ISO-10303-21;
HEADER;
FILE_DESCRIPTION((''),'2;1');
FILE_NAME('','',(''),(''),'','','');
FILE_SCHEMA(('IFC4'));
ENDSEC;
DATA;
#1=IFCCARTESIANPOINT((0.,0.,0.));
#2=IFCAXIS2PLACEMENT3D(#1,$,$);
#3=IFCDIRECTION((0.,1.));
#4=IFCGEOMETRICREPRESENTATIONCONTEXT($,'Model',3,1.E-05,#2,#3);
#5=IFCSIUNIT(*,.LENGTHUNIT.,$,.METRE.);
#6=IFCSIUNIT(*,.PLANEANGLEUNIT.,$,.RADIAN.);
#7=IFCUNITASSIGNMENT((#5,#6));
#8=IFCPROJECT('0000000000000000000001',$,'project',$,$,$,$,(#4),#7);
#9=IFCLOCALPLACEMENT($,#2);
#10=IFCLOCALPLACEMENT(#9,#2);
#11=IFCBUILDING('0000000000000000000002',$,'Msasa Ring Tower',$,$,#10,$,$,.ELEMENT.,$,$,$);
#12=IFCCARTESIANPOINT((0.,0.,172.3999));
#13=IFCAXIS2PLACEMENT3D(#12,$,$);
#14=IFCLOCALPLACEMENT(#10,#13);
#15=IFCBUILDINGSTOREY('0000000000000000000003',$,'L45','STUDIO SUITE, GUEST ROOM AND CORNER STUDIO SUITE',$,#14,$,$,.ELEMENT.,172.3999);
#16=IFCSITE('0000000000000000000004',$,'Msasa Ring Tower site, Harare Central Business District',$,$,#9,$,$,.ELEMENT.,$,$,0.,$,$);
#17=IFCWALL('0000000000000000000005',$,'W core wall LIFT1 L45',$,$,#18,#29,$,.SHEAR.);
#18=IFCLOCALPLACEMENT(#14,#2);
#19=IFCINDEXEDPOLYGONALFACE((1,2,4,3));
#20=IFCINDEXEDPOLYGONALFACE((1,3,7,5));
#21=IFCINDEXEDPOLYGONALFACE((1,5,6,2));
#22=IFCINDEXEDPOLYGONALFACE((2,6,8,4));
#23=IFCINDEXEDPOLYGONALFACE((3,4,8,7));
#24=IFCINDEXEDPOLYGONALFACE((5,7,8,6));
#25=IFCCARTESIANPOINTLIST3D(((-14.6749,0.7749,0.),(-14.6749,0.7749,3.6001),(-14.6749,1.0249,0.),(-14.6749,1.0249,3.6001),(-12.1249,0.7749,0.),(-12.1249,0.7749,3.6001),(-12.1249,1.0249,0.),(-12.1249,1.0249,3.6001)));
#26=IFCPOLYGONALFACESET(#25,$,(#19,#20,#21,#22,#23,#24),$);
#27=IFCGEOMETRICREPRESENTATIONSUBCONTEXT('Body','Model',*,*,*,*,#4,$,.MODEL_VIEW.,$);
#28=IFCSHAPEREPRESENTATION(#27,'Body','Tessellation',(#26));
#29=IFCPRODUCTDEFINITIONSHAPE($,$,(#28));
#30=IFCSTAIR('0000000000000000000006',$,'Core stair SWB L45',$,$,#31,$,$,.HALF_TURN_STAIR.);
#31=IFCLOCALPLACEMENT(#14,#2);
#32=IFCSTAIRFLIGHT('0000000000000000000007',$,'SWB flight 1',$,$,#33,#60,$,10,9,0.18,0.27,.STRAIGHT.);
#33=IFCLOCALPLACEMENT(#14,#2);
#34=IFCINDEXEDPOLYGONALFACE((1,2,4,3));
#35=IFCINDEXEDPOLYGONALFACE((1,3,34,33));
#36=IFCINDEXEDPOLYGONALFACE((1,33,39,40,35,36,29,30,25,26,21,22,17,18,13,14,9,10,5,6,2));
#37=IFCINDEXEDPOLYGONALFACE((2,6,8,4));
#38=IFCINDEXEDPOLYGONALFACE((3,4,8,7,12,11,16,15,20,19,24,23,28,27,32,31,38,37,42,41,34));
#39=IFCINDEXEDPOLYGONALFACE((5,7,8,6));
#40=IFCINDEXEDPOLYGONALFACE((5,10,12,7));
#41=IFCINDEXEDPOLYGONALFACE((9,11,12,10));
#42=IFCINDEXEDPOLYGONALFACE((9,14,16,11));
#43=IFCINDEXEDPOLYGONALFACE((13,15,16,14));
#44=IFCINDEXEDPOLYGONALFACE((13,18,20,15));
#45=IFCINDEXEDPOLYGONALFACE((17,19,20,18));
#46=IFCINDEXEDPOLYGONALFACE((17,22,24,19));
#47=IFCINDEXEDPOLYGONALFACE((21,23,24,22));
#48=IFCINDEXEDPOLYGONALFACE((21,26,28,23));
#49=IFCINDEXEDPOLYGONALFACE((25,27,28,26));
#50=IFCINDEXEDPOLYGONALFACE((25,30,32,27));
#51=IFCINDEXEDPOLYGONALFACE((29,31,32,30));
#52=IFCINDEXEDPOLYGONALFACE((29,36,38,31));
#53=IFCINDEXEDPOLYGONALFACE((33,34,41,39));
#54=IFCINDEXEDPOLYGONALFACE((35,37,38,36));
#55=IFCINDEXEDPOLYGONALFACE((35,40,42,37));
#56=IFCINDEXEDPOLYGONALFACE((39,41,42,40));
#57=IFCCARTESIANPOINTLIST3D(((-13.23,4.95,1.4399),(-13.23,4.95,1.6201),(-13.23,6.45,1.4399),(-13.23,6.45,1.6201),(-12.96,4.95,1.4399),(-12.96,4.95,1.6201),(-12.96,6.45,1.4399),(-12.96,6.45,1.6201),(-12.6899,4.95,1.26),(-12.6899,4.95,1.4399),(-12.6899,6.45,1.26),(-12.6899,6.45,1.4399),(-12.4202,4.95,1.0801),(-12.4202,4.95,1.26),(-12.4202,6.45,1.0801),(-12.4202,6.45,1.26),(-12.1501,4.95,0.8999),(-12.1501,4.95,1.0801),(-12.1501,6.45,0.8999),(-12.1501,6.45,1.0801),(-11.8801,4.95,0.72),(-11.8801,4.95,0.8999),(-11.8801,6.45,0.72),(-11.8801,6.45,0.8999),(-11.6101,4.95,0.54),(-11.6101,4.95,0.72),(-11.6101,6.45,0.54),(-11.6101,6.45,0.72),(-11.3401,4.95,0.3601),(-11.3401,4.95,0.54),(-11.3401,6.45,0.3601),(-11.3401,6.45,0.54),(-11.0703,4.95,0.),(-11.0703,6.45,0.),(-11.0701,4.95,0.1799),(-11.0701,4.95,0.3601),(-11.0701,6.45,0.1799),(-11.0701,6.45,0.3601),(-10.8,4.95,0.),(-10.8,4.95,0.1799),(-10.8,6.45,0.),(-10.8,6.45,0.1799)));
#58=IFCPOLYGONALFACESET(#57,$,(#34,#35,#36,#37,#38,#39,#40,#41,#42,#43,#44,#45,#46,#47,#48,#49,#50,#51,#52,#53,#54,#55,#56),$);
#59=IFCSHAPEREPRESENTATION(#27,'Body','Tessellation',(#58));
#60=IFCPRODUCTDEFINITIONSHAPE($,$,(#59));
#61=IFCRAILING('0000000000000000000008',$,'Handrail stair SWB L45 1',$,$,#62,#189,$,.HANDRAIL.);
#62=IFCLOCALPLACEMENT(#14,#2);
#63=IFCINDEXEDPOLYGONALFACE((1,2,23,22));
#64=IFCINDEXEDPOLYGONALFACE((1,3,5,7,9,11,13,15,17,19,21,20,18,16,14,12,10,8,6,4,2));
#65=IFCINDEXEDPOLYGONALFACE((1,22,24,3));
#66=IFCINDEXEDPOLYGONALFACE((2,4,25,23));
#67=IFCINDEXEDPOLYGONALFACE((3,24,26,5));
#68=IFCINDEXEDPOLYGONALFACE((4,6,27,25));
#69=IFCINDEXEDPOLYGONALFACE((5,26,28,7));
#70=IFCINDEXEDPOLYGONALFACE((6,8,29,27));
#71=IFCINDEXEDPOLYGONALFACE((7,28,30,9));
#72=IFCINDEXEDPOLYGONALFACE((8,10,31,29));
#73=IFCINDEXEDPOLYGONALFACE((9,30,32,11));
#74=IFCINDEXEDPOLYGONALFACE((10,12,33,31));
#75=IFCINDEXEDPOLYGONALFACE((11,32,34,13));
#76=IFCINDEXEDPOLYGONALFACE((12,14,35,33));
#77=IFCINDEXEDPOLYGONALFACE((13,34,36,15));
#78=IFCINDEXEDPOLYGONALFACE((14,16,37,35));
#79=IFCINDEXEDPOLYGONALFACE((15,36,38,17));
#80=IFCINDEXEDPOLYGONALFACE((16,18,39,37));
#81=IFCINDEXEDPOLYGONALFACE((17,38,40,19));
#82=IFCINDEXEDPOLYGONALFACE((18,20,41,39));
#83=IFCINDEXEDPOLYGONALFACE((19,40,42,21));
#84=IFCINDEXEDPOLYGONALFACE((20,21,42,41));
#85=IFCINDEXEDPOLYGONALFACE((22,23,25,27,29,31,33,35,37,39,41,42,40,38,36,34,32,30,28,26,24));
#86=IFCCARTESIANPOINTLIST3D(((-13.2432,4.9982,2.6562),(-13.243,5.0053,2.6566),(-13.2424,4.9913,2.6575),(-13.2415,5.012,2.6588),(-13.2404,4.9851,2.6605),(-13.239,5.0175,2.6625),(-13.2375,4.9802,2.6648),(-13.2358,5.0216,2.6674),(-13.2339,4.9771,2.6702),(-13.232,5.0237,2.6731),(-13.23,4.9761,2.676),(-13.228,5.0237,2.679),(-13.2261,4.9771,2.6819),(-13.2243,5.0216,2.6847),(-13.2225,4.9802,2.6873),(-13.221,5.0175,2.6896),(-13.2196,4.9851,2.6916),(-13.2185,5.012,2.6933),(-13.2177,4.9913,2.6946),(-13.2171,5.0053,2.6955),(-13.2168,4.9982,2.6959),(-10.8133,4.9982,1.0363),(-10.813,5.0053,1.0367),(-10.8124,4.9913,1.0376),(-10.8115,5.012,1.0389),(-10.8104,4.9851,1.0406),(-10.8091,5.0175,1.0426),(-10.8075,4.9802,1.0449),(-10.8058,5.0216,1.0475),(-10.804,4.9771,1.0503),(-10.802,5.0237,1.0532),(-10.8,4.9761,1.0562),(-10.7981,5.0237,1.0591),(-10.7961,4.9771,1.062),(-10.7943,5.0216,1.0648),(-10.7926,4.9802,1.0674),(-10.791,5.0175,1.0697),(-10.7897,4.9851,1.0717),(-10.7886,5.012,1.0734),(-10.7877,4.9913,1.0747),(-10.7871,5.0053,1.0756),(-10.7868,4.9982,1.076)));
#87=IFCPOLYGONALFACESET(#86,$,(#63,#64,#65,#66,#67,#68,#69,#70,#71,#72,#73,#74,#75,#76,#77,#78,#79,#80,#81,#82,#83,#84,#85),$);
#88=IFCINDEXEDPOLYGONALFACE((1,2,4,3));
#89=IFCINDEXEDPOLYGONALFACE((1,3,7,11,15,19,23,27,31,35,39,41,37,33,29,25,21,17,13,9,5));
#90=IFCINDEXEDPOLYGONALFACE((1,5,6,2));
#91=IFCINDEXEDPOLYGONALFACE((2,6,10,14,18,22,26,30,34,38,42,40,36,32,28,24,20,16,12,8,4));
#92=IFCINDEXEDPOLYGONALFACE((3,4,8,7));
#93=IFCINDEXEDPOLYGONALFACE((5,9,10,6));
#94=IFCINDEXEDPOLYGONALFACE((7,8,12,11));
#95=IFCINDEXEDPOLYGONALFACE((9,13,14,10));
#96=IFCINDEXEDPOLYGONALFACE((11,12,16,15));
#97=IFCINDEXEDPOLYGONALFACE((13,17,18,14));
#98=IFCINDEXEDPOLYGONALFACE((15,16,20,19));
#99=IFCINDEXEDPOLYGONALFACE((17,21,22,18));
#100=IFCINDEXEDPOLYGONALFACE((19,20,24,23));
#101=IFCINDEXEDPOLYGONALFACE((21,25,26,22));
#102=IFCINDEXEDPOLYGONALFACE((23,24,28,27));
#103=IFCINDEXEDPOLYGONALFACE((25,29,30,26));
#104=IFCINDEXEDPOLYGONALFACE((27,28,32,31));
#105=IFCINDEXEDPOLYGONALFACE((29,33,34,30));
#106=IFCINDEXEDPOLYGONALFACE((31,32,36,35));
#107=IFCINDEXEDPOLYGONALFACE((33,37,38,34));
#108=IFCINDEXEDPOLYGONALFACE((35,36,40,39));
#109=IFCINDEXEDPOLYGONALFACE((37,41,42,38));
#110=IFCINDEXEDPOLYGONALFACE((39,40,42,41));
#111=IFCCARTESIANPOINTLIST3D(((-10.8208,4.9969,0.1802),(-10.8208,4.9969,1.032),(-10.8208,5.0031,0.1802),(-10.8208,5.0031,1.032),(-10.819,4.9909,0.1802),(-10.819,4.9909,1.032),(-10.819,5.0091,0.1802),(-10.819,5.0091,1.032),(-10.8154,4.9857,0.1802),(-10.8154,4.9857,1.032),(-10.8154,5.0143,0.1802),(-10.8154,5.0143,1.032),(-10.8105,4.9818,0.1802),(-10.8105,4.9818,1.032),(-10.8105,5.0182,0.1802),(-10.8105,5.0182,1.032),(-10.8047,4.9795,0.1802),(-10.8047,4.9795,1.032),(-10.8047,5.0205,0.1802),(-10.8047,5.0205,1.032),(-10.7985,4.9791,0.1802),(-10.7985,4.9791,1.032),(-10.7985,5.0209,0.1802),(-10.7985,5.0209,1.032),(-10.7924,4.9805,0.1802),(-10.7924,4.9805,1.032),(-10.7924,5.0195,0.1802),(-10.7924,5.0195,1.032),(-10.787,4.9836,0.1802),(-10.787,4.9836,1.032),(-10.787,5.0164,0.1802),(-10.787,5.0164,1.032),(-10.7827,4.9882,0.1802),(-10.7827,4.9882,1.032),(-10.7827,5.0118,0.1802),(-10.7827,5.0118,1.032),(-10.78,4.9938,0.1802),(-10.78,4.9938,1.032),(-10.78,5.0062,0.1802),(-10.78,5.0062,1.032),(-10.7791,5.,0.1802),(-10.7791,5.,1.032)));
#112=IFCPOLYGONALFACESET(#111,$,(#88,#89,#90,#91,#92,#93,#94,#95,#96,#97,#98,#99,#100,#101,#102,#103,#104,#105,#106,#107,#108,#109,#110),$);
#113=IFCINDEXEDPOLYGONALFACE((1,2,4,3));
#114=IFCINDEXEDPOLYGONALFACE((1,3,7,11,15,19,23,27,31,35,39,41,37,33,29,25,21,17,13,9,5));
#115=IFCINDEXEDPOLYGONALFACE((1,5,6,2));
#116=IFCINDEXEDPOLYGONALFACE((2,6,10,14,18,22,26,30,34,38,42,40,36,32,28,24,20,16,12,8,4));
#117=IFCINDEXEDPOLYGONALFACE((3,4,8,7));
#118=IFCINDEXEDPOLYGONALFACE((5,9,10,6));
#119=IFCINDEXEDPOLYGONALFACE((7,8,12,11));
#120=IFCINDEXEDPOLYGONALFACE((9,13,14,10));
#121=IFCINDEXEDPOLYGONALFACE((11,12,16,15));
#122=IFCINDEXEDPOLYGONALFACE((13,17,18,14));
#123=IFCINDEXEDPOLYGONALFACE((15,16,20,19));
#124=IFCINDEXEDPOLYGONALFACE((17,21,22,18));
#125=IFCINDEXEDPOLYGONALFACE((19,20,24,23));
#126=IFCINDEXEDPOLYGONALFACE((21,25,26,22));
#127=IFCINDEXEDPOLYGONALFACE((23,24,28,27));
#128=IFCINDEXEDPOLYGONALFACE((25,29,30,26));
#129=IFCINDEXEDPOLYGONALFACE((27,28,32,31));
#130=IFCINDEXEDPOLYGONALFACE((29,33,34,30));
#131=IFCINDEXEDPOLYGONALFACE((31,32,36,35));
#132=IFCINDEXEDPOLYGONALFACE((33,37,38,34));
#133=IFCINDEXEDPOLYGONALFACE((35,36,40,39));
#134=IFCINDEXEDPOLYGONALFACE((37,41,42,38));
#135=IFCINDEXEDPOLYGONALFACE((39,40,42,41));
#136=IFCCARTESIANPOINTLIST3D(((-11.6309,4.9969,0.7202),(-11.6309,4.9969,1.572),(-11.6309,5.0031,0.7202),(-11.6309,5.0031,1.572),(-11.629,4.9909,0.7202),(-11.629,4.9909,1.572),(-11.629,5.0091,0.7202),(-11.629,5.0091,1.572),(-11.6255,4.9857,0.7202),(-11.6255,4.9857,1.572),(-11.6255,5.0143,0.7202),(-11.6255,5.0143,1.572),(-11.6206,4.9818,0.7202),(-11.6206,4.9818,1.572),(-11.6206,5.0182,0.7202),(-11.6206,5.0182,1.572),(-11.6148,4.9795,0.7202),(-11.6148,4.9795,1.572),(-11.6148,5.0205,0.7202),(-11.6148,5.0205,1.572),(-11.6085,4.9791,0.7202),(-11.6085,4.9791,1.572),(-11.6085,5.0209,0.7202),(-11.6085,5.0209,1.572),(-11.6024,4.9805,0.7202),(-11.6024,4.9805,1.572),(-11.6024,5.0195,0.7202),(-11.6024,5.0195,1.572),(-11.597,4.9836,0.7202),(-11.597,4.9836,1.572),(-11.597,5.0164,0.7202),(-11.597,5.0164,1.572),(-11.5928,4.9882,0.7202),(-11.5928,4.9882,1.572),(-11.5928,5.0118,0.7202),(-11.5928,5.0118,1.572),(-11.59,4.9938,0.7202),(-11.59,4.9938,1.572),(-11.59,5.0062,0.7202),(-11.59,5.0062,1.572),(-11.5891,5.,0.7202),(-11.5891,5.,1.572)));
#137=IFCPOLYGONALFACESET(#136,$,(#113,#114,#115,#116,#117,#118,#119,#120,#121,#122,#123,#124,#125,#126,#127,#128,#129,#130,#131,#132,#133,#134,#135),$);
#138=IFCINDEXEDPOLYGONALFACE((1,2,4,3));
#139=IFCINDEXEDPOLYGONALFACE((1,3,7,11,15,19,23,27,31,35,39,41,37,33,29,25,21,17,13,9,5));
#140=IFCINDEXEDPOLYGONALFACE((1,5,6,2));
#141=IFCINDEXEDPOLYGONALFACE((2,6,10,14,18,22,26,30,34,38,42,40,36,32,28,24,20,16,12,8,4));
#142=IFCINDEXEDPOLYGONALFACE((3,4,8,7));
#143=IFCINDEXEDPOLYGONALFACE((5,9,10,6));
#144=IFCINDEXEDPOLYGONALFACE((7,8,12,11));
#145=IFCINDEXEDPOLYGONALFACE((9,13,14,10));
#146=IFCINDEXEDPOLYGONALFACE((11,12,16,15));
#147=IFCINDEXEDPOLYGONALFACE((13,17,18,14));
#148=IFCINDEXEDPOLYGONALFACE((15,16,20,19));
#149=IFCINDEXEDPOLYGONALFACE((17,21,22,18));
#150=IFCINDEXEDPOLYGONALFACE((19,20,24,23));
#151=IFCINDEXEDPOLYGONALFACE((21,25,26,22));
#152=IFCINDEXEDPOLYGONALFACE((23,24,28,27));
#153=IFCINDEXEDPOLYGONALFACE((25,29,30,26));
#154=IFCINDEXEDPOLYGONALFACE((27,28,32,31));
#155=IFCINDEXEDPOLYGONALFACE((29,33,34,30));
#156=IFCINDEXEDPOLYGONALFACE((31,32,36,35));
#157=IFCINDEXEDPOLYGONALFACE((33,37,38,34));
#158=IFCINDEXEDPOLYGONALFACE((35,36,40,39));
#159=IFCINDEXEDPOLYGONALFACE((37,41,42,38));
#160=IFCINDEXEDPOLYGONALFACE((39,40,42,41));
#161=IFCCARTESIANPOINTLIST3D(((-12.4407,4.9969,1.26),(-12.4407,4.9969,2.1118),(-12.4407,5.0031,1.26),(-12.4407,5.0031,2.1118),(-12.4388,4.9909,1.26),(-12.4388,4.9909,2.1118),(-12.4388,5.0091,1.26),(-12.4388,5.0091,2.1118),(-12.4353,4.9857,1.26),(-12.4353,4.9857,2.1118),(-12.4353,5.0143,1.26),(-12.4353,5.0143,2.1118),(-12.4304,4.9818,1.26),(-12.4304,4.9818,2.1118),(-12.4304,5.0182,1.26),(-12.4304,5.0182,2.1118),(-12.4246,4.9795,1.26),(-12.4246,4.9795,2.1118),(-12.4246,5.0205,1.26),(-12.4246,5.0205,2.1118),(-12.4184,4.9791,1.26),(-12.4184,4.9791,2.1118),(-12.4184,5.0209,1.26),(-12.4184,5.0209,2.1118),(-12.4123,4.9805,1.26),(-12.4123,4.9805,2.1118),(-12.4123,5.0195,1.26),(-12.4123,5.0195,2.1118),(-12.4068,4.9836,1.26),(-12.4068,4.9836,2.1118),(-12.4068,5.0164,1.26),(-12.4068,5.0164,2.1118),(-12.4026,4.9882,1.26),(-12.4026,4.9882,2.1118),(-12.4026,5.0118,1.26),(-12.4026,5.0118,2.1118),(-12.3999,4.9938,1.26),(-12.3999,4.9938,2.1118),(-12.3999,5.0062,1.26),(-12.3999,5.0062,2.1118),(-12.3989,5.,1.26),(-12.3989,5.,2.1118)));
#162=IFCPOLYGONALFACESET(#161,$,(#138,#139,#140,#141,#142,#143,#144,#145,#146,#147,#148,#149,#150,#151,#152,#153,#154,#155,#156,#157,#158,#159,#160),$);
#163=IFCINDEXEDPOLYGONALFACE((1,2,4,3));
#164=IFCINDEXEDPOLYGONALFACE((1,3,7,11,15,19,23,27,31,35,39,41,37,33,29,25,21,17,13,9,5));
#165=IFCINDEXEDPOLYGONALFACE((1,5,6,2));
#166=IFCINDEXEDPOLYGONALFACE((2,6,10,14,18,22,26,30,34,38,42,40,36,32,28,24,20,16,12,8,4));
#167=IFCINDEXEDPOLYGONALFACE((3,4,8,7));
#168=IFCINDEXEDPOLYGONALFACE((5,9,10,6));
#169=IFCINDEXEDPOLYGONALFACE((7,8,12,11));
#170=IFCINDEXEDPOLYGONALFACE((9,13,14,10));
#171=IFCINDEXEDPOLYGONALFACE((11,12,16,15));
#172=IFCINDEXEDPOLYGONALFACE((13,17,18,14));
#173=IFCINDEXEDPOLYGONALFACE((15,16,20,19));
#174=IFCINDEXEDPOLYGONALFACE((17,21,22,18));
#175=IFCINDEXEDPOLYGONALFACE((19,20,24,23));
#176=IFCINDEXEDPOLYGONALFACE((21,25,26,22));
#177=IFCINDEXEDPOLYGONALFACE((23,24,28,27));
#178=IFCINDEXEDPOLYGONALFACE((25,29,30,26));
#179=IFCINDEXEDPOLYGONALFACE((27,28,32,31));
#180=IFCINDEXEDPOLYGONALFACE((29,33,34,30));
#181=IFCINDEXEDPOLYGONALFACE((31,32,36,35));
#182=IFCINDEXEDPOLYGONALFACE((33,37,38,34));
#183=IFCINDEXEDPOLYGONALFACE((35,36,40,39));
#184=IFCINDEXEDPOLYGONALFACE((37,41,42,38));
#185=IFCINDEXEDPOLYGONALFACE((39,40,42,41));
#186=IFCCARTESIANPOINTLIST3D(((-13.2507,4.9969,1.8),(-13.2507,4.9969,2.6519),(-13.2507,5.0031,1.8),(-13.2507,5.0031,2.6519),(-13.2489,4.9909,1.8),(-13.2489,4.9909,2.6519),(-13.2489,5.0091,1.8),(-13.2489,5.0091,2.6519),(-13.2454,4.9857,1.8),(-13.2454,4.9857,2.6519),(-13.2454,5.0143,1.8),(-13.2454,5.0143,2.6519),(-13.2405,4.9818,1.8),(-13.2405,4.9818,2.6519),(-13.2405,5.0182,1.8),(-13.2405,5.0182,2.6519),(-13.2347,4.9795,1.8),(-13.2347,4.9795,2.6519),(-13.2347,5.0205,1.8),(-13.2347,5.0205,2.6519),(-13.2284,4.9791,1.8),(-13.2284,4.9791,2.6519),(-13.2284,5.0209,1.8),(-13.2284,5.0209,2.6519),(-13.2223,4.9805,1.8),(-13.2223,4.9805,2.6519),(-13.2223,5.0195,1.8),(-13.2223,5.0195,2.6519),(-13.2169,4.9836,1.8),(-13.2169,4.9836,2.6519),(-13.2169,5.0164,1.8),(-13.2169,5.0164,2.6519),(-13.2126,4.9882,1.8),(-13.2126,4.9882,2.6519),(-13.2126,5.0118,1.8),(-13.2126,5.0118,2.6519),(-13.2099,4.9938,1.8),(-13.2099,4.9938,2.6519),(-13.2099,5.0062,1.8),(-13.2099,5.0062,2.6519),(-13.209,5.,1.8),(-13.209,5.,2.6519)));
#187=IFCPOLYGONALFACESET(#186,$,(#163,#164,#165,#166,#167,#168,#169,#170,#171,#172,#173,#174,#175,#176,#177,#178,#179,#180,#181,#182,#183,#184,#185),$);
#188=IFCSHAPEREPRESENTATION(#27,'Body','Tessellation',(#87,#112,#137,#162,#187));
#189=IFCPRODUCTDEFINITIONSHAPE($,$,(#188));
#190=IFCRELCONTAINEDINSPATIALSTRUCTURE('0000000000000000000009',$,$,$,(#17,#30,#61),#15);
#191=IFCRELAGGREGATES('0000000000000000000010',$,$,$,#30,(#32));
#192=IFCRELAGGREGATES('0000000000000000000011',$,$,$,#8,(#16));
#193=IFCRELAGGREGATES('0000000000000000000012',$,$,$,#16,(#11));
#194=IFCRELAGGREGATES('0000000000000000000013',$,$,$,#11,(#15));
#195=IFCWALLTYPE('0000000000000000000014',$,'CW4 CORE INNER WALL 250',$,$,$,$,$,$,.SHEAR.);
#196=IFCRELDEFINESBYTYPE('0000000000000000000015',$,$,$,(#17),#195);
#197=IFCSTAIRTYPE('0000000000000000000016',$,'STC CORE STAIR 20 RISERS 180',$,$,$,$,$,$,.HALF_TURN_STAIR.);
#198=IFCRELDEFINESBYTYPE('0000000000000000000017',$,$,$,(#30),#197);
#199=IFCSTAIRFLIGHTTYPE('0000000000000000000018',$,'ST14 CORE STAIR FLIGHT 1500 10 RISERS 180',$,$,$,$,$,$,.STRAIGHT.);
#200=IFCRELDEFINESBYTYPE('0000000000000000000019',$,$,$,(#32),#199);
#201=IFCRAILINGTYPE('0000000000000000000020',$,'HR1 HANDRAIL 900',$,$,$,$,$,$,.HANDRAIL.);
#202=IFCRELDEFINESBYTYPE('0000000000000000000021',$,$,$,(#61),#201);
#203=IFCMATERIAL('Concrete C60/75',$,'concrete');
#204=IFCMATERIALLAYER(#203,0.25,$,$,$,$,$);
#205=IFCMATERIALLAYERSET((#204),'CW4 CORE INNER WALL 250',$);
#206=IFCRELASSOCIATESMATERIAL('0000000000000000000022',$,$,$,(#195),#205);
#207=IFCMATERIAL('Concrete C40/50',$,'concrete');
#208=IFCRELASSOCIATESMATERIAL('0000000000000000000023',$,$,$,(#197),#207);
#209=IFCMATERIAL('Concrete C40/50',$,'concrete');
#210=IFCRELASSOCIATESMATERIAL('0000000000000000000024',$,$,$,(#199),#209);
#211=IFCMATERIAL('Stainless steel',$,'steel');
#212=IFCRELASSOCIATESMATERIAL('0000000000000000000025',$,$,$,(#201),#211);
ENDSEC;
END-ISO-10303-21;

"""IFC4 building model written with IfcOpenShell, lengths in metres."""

from ifc_helpers import new_model, si_unit, direction, frame, frame_2d, origin, origin_2d, place, context, subcontext, project, spatial, polyline, rectangle, circle, outline, extrude, material, layer, layer_set, type_object, element, aggregate, save


model = new_model("IFC4")

# Units and contexts
model_context = context("Model", 3, precision=1e-05, world=origin(), true_north=direction((0.0, 1.0)))
body_context = subcontext(model_context, "Body", "Model", "MODEL_VIEW")
ifc_project = project(units=[si_unit("LENGTHUNIT", "METRE"), si_unit("PLANEANGLEUNIT", "RADIAN")], contexts=[model_context])

# Site, building, storey
site_placement = place(None, origin())
site = spatial("IfcSite", under=ifc_project, at=site_placement, Name="Msasa Ring Tower site, Harare Central Business District", CompositionType="ELEMENT", RefElevation=0.0)
building_placement = place(site_placement, origin())
building = spatial("IfcBuilding", under=site, at=building_placement, Name="Msasa Ring Tower", CompositionType="ELEMENT")
storey_placement = place(building_placement, frame((0.0, 0.0, 172.3999)))
storey = spatial("IfcBuildingStorey", under=building, at=storey_placement, Name="L45", Description="STUDIO SUITE, GUEST ROOM AND CORNER STUDIO SUITE", CompositionType="ELEMENT", Elevation=172.3999)

# Wall
ifc_material_1 = material(Name="Concrete C60/75", Category="concrete")
ifc_layer_1 = layer(ifc_material_1, 0.25)
ifc_layer_set_1 = layer_set([ifc_layer_1], Name="CW4 CORE INNER WALL 250")
wall_type_1 = type_object("IfcWallType", Name="CW4 CORE INNER WALL 250", PredefinedType="SHEAR", material=ifc_layer_set_1)
wall_1_placement = place(storey_placement, frame((-12.125, 0.8999, 0.0), z_axis=(0.0, 0.0, 1.0), x_axis=(-1.0, 0.0, 0.0)))
element("IfcWall", 1, at=wall_1_placement, inside=storey, type_object=wall_type_1, Name="W core wall LIFT1 L45", PredefinedType="SHEAR", context=body_context, shape_type="SweptSolid", body=[
    extrude(rectangle(XDim=2.55, YDim=0.25, at=frame_2d((1.2749, 0.0))), origin(), (0.0, 0.0, 1.0), 3.6001),
])

# Stair, stair flight
ifc_material_2 = material(Name="Concrete C40/50", Category="concrete")
stair_type = type_object("IfcStairType", Name="STC CORE STAIR 20 RISERS 180", PredefinedType="HALF_TURN_STAIR", material=ifc_material_2)
stair_placement = place(storey_placement, origin())
stair = element("IfcStair", 2, at=stair_placement, inside=storey, type_object=stair_type, Name="Core stair SWB L45", PredefinedType="HALF_TURN_STAIR")
ifc_material_3 = material(Name="Concrete C40/50", Category="concrete")
stair_flight_type = type_object("IfcStairFlightType", Name="ST14 CORE STAIR FLIGHT 1500 10 RISERS 180", PredefinedType="STRAIGHT", material=ifc_material_3)
stair_flight_placement = place(storey_placement, frame((-10.8, 5.7, 0.0), z_axis=(0.0, 0.0, 1.0), x_axis=(-1.0, 0.0, 0.0)))
stair_flight = element("IfcStairFlight", 3, at=stair_flight_placement, type_object=stair_flight_type, Name="SWB flight 1", NumberOfRisers=10, NumberOfTreads=9, PredefinedType="STRAIGHT", RiserHeight=0.18, TreadLength=0.27, context=body_context, shape_type="SweptSolid", body=[
    extrude(outline(polyline([(0.0, 0.0), (0.0, 0.1799), (0.27, 0.1799), (0.27, 0.3601), (0.54, 0.3601), (0.54, 0.54), (0.8101, 0.54), (0.8101, 0.72), (1.0801, 0.72), (1.0801, 0.8999), (1.3501, 0.8999), (1.3501, 1.0801), (1.6201, 1.0801), (1.6201, 1.26), (1.8899, 1.26), (1.8899, 1.4399), (2.1599, 1.4399), (2.1599, 1.6201), (2.4299, 1.6201), (2.4299, 1.8), (2.4299, 1.4399), (0.2703, 0.0), (0.0, 0.0)])), frame((0.0, 0.75, 0.0), z_axis=(0.0, -1.0, 0.0), x_axis=(1.0, 0.0, 0.0)), (0.0, 0.0, 1.0), 1.5),
])
aggregate(stair, [stair_flight])

# Railing
ifc_material_4 = material(Name="Stainless steel", Category="steel")
railing_type = type_object("IfcRailingType", Name="HR1 HANDRAIL 900", PredefinedType="HANDRAIL", material=ifc_material_4)
for number, where, name in (
    (4, (-10.8, 5.0, 0.1802), "Handrail stair SWB L45 1"),
):
    element("IfcRailing", number, at=place(storey_placement, frame(where)), inside=storey, type_object=railing_type, Name=name, PredefinedType="HANDRAIL", context=body_context, shape_type="SweptSolid", body=[
        extrude(circle(Radius=0.0239, at=origin_2d()), frame((0.0, 0.0, 0.876), z_axis=(-0.832063, 0.0, 0.554681), x_axis=(0.0, -1.0, 0.0)), (0.0, 0.0, 1.0), 2.9204),
        extrude(circle(Radius=0.021, at=origin_2d()), origin(), (0.0, 0.0, 1.0), 0.8518),
        extrude(circle(Radius=0.021, at=origin_2d()), frame((-0.8101, 0.0, 0.54)), (0.0, 0.0, 1.0), 0.8518),
        extrude(circle(Radius=0.021, at=origin_2d()), frame((-1.6199, 0.0, 1.0798)), (0.0, 0.0, 1.0), 0.8518),
        extrude(circle(Radius=0.021, at=origin_2d()), frame((-2.4299, 0.0, 1.6199)), (0.0, 0.0, 1.0), 0.8518),
    ])

save(model, "model.ifc")
